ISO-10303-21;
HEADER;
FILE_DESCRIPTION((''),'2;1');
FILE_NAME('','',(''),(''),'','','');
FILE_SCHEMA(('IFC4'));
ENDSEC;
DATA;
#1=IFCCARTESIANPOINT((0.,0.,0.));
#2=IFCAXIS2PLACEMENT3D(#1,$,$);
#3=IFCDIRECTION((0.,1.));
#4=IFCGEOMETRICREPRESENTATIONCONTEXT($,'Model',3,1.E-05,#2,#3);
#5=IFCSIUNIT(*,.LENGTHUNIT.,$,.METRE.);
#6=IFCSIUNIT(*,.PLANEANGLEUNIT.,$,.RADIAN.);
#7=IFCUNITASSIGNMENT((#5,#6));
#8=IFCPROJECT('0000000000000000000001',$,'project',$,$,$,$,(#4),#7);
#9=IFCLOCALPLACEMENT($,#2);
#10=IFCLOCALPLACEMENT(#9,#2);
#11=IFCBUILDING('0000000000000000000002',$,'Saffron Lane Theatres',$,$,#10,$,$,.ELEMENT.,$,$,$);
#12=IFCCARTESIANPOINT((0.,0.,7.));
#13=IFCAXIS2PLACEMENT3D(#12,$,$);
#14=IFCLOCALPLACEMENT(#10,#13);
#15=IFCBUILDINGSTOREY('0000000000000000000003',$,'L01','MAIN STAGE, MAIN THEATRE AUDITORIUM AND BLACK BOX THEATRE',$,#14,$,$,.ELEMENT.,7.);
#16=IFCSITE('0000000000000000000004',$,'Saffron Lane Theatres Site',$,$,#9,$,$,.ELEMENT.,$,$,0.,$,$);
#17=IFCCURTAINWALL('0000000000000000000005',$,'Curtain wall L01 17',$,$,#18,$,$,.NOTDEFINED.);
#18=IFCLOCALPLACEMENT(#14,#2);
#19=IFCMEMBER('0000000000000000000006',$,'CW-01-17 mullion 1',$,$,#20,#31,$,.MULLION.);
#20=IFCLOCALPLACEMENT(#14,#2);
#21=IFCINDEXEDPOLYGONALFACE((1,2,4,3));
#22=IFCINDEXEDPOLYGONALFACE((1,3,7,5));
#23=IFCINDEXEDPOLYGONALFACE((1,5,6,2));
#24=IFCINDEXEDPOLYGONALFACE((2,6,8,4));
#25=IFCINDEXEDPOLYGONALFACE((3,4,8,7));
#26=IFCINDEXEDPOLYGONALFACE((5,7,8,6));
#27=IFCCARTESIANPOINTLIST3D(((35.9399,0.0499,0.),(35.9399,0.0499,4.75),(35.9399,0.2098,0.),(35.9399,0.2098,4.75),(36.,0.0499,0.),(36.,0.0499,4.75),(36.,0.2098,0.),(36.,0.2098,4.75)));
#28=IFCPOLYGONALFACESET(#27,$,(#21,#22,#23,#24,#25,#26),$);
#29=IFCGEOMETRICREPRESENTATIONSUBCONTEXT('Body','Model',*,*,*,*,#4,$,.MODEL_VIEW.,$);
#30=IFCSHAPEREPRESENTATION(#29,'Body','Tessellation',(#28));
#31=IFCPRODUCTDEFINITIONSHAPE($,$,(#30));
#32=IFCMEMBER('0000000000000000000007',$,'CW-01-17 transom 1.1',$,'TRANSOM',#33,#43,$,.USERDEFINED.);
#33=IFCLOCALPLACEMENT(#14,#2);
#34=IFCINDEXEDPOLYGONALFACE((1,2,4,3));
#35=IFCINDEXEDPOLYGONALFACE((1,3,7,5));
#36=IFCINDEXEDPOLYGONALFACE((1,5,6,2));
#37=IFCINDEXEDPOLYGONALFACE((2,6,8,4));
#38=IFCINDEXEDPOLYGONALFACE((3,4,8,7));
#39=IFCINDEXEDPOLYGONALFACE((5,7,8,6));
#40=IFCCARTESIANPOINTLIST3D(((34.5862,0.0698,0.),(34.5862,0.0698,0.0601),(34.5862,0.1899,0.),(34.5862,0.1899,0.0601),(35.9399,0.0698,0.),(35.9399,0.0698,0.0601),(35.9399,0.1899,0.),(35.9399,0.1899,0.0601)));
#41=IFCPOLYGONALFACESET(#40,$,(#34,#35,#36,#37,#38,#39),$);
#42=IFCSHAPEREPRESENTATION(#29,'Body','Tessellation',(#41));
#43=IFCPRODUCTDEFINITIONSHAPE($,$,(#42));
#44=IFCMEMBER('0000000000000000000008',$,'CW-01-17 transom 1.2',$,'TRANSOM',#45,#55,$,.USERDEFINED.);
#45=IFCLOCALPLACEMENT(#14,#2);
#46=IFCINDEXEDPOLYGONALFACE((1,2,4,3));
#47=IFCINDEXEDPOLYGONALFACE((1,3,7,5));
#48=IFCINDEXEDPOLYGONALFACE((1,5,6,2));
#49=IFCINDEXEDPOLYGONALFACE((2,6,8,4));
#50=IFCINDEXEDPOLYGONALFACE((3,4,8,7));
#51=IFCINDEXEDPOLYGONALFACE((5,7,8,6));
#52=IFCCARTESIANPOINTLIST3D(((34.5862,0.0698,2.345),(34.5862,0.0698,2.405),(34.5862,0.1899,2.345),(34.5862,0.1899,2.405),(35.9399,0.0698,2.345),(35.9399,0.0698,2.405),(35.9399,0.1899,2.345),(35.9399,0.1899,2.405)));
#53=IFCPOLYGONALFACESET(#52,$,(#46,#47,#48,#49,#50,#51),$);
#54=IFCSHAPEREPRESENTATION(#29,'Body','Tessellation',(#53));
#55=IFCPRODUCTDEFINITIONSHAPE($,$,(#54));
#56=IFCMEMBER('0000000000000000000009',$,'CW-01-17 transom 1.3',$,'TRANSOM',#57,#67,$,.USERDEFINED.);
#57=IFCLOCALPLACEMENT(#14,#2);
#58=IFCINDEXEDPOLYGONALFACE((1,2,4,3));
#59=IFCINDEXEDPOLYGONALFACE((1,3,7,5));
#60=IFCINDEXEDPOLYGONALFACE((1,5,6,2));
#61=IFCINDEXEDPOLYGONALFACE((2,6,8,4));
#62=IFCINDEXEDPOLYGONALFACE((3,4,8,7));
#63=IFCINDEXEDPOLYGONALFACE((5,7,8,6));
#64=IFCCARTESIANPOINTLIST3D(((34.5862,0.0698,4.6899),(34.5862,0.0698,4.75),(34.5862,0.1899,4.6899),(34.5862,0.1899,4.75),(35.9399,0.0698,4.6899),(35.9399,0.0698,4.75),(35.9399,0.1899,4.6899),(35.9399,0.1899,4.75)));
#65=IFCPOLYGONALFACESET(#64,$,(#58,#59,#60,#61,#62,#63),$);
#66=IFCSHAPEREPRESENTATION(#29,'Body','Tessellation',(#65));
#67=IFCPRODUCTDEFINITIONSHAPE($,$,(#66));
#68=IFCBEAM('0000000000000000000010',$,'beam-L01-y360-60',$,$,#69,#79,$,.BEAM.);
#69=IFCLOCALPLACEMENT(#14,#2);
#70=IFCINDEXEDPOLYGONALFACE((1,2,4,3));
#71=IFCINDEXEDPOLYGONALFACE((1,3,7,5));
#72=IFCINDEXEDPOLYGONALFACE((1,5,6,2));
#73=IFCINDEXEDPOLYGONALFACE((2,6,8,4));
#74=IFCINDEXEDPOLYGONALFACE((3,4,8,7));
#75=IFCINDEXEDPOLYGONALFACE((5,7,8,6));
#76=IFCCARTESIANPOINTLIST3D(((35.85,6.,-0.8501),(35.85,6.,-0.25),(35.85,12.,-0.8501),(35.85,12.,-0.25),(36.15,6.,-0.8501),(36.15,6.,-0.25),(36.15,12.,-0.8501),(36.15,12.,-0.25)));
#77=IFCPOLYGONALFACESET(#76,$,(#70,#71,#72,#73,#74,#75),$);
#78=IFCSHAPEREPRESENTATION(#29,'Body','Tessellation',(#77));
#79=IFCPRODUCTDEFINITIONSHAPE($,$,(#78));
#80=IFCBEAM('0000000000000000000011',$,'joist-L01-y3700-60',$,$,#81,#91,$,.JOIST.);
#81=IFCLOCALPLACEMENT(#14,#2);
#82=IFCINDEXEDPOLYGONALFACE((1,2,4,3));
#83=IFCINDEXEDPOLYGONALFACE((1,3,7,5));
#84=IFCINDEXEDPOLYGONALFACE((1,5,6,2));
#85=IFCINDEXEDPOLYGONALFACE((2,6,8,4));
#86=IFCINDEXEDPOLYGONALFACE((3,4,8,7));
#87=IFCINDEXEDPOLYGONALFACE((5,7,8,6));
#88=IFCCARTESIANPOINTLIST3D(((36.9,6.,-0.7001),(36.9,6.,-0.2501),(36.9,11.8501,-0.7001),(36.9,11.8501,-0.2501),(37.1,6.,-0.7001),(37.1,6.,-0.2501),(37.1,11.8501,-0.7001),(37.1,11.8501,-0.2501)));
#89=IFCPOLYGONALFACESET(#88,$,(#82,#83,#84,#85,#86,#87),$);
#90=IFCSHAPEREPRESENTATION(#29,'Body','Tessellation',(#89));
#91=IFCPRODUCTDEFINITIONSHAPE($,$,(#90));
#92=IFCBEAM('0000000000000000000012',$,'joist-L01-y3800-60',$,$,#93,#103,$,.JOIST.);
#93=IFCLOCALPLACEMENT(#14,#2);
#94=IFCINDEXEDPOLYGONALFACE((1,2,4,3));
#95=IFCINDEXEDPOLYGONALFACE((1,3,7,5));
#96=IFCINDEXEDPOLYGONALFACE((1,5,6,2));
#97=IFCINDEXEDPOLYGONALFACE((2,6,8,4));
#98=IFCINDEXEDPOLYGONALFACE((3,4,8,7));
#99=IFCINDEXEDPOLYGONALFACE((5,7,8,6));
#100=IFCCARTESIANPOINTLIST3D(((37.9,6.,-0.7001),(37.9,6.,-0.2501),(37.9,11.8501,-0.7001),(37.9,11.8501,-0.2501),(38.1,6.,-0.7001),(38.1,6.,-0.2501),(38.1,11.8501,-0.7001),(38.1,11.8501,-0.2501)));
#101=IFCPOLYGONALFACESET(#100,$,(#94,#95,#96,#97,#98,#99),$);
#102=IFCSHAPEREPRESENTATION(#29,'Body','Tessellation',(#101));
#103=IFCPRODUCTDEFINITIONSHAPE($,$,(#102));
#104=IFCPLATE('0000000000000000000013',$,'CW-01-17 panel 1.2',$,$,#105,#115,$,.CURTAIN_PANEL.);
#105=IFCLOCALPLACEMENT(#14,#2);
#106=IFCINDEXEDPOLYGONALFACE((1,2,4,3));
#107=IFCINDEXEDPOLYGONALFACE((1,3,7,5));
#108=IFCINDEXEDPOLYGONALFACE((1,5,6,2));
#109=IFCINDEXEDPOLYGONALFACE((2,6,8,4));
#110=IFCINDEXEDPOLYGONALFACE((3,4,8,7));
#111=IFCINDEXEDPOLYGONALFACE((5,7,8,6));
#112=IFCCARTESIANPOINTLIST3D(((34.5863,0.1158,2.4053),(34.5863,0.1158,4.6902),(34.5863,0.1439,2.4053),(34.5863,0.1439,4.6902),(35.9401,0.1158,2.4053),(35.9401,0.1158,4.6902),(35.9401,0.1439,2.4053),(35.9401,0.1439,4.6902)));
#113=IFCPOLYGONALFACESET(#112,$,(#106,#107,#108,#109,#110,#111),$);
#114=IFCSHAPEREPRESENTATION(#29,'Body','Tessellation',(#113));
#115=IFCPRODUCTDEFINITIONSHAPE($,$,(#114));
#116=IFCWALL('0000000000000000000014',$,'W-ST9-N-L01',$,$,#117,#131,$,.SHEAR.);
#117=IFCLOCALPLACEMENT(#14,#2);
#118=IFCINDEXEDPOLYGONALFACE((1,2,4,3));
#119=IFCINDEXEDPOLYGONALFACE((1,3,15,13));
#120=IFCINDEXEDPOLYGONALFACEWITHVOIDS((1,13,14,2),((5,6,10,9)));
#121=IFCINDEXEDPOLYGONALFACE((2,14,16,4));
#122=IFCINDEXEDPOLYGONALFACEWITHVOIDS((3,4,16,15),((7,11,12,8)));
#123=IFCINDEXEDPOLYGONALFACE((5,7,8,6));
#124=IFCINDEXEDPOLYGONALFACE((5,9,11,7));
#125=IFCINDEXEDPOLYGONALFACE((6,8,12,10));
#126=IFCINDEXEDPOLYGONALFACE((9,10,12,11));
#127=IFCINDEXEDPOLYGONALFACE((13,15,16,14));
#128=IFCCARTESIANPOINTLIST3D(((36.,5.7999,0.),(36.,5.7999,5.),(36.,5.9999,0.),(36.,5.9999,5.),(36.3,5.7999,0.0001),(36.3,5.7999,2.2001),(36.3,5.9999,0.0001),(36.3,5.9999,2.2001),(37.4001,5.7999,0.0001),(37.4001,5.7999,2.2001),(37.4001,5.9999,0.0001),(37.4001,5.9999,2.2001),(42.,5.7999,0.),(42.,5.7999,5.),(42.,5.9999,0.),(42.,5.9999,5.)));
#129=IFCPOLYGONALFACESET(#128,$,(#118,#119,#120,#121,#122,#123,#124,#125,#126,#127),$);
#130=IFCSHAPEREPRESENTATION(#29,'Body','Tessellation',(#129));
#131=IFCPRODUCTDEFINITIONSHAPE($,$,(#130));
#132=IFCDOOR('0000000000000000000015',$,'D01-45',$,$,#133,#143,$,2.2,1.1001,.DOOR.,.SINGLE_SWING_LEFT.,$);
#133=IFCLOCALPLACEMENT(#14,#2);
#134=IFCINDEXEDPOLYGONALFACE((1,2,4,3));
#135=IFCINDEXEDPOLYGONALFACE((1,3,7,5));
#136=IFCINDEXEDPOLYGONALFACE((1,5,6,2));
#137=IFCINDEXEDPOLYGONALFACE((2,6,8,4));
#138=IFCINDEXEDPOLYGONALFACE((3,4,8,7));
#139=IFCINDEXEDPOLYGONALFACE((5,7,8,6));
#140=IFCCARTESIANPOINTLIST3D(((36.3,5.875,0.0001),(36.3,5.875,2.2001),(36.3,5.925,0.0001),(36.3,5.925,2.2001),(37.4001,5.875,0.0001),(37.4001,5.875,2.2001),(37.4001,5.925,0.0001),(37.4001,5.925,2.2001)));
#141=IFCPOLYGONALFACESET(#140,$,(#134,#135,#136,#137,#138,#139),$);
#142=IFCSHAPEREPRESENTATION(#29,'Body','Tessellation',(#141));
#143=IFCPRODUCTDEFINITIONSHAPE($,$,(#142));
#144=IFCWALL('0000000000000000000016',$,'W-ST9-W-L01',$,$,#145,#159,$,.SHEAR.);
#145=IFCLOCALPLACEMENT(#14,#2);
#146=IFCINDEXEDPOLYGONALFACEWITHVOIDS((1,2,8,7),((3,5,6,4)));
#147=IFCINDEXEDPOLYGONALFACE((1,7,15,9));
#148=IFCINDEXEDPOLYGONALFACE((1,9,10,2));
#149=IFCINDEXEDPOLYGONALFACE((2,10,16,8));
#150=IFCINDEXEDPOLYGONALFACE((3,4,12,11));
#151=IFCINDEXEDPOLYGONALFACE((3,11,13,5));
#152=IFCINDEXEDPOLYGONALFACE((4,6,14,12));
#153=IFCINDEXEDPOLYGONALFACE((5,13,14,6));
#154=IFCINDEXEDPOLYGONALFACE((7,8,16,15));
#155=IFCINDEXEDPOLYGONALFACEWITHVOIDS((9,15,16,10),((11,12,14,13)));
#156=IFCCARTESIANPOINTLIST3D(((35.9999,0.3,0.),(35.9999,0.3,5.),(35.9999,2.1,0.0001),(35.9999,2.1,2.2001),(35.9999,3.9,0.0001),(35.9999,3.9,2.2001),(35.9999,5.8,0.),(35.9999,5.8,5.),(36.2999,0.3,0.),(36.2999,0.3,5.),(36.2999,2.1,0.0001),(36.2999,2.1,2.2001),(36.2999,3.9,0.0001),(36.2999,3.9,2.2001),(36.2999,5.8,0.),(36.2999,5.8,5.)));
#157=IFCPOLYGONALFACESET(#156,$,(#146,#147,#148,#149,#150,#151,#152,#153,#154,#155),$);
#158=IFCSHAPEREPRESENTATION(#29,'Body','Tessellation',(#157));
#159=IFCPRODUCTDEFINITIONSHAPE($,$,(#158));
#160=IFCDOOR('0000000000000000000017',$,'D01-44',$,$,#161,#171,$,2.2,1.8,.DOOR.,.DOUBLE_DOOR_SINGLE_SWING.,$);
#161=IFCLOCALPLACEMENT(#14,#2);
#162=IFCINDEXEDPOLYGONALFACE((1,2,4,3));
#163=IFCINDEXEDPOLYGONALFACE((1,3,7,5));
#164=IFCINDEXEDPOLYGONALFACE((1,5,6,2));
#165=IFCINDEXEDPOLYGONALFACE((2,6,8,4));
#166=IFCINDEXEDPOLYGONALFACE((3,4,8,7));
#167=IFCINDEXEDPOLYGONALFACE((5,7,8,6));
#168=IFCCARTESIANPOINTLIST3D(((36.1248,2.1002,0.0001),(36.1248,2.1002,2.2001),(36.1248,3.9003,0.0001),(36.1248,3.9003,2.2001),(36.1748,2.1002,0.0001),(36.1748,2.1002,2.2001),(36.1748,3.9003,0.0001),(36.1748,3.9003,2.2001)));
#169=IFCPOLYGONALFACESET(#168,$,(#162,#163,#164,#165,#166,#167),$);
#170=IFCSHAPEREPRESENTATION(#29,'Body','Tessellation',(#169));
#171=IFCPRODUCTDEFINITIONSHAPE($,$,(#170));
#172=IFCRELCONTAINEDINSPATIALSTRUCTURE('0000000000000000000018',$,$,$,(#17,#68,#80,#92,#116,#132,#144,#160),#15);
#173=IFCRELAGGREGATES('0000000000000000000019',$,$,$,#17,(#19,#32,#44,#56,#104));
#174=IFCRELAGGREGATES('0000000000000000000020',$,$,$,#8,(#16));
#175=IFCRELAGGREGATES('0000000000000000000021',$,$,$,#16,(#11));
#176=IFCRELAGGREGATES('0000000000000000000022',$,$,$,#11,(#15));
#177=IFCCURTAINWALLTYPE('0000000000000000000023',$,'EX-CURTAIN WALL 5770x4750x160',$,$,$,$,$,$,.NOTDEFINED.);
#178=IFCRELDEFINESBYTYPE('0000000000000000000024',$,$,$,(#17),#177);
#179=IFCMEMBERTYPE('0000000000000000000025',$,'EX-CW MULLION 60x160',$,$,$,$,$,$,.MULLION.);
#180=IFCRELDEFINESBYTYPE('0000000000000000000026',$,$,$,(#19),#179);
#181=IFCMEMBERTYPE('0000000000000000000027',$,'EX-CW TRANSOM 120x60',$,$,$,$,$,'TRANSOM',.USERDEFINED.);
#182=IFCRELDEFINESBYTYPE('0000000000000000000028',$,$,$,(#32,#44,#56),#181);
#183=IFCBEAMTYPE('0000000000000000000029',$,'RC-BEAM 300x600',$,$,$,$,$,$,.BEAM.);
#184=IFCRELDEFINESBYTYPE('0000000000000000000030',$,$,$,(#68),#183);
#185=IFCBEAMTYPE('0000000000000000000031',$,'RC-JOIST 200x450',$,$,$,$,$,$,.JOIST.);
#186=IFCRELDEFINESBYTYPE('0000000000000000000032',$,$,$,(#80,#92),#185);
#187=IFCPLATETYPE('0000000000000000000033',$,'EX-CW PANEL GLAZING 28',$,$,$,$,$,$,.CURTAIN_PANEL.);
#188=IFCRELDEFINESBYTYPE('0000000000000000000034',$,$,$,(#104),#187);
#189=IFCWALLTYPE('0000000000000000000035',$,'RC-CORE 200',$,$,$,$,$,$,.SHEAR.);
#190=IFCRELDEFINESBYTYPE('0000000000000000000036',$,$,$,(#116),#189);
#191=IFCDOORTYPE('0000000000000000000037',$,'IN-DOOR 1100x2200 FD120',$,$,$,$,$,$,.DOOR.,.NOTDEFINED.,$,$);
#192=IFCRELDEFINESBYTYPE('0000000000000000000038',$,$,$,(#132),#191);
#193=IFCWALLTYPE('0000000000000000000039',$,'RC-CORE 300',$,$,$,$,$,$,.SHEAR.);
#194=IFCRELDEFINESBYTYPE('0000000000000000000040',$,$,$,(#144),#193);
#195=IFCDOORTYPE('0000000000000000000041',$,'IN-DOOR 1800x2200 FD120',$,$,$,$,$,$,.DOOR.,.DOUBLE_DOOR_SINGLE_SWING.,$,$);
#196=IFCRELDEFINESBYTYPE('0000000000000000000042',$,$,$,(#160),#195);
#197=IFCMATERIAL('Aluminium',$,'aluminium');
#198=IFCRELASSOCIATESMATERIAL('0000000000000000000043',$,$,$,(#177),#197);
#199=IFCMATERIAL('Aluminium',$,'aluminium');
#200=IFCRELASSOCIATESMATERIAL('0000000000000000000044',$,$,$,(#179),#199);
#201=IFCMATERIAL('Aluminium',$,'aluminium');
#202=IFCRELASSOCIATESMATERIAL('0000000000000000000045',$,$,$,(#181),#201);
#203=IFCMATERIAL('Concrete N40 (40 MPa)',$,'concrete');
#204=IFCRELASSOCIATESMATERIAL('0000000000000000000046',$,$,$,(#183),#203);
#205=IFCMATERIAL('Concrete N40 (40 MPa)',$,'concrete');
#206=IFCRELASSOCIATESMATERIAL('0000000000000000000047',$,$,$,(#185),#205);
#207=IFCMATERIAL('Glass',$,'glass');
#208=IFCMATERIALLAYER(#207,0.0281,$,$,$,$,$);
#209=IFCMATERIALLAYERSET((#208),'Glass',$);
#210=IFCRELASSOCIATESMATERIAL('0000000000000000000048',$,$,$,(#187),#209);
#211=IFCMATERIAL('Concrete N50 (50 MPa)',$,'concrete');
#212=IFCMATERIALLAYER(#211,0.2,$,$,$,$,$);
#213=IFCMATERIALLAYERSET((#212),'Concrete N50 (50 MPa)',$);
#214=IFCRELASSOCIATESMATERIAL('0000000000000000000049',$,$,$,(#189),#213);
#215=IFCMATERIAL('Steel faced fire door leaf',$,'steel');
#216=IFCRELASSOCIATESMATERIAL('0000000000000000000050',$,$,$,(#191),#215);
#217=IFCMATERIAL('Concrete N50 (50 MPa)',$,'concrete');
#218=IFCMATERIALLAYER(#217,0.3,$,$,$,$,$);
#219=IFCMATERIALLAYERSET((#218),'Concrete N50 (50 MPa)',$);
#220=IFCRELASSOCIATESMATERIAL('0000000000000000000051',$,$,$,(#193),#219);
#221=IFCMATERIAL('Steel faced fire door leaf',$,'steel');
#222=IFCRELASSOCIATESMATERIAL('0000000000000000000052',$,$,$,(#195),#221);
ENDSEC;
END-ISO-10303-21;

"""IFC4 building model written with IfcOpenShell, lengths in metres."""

from ifc_helpers import new_model, si_unit, direction, frame, frame_2d, origin, origin_2d, place, context, subcontext, project, spatial, rectangle, extrude, material, layer, layer_set, material_profile, profile_set, type_object, element, fill, aggregate, save


model = new_model("IFC4")

# Units and contexts
model_context = context("Model", 3, precision=1e-05, world=origin(), true_north=direction((0.0, 1.0)))
body_context = subcontext(model_context, "Body", "Model", "MODEL_VIEW")
ifc_project = project(units=[si_unit("LENGTHUNIT", "METRE"), si_unit("PLANEANGLEUNIT", "RADIAN")], contexts=[model_context])

# Site, building, storey
site_placement = place(None, origin())
site = spatial("IfcSite", under=ifc_project, at=site_placement, Name="Saffron Lane Theatres Site", CompositionType="ELEMENT", RefElevation=0.0)
building_placement = place(site_placement, origin())
building = spatial("IfcBuilding", under=site, at=building_placement, Name="Saffron Lane Theatres", CompositionType="ELEMENT")
storey_placement = place(building_placement, frame((0.0, 0.0, 7.0)))
storey = spatial("IfcBuildingStorey", under=building, at=storey_placement, Name="L01", Description="MAIN STAGE, MAIN THEATRE AUDITORIUM AND BLACK BOX THEATRE", CompositionType="ELEMENT", Elevation=7.0)

# Curtain wall, members
ifc_material_1 = material(Name="Aluminium", Category="aluminium")
curtain_wall_type = type_object("IfcCurtainWallType", Name="EX-CURTAIN WALL 5770x4750x160", PredefinedType="NOTDEFINED", material=ifc_material_1)
curtain_wall_placement = place(storey_placement, origin())
curtain_wall = element("IfcCurtainWall", 1, at=curtain_wall_placement, inside=storey, type_object=curtain_wall_type, Name="Curtain wall L01 17", PredefinedType="NOTDEFINED")
ifc_material_2 = material(Name="Aluminium", Category="aluminium")
ifc_material_profile_1 = material_profile(ifc_material_2, rectangle(XDim=0.0601, YDim=0.1599, at=origin_2d()))
ifc_profile_set_1 = profile_set([ifc_material_profile_1], Name="Aluminium")
member_type_1 = type_object("IfcMemberType", Name="EX-CW MULLION 60x160", PredefinedType="MULLION", material=ifc_profile_set_1)
member_1_placement = place(storey_placement, frame((35.97, 0.1299, 0.0), z_axis=(0.0, 0.0, 1.0), x_axis=(-1.0, 0.0, 0.0)))
member_1 = element("IfcMember", 2, at=member_1_placement, type_object=member_type_1, Name="CW-01-17 mullion 1", PredefinedType="MULLION", context=body_context, shape_type="SweptSolid", body=[
    extrude(rectangle(XDim=0.0601, YDim=0.1599, at=origin_2d()), origin(), (0.0, 0.0, 1.0), 4.75),
])
ifc_material_3 = material(Name="Aluminium", Category="aluminium")
ifc_material_profile_2 = material_profile(ifc_material_3, rectangle(XDim=0.1201, YDim=0.0601, at=origin_2d()))
ifc_profile_set_2 = profile_set([ifc_material_profile_2], Name="Aluminium")
member_type_2 = type_object("IfcMemberType", Name="EX-CW TRANSOM 120x60", ElementType="TRANSOM", PredefinedType="USERDEFINED", material=ifc_profile_set_2)
member_2_placement = place(storey_placement, frame((35.9399, 0.1299, 0.03), z_axis=(-1.0, 0.0, 0.0), x_axis=(0.0, -1.0, 0.0)))
member_2 = element("IfcMember", 3, at=member_2_placement, type_object=member_type_2, Name="CW-01-17 transom 1.1", ObjectType="TRANSOM", PredefinedType="USERDEFINED", context=body_context, shape_type="SweptSolid", body=[
    extrude(rectangle(XDim=0.1201, YDim=0.0601, at=origin_2d()), origin(), (0.0, 0.0, 1.0), 1.3538),
])
member_3_placement = place(storey_placement, frame((35.9399, 0.1299, 2.375), z_axis=(-1.0, 0.0, 0.0), x_axis=(0.0, -1.0, 0.0)))
member_3 = element("IfcMember", 4, at=member_3_placement, type_object=member_type_2, Name="CW-01-17 transom 1.2", ObjectType="TRANSOM", PredefinedType="USERDEFINED", context=body_context, shape_type="SweptSolid", body=[
    extrude(rectangle(XDim=0.1201, YDim=0.0601, at=origin_2d()), origin(), (0.0, 0.0, 1.0), 1.3538),
])
member_4_placement = place(storey_placement, frame((35.9399, 0.1299, 4.72), z_axis=(-1.0, 0.0, 0.0), x_axis=(0.0, -1.0, 0.0)))
member_4 = element("IfcMember", 5, at=member_4_placement, type_object=member_type_2, Name="CW-01-17 transom 1.3", ObjectType="TRANSOM", PredefinedType="USERDEFINED", context=body_context, shape_type="SweptSolid", body=[
    extrude(rectangle(XDim=0.1201, YDim=0.0601, at=origin_2d()), origin(), (0.0, 0.0, 1.0), 1.3538),
])

# Beams
ifc_material_4 = material(Name="Concrete N40 (40 MPa)", Category="concrete")
ifc_material_profile_3 = material_profile(ifc_material_4, rectangle(XDim=0.3, YDim=0.6001, at=origin_2d()))
ifc_profile_set_3 = profile_set([ifc_material_profile_3], Name="Concrete N40 (40 MPa)")
beam_type_1 = type_object("IfcBeamType", Name="RC-BEAM 300x600", PredefinedType="BEAM", material=ifc_profile_set_3)
beam_placement = place(storey_placement, frame((36.0, 6.0, -0.55), z_axis=(0.0, 1.0, 0.0), x_axis=(-1.0, 0.0, 0.0)))
element("IfcBeam", 6, at=beam_placement, inside=storey, type_object=beam_type_1, Name="beam-L01-y360-60", PredefinedType="BEAM", context=body_context, shape_type="SweptSolid", body=[
    extrude(rectangle(XDim=0.3, YDim=0.6001, at=origin_2d()), origin(), (0.0, 0.0, 1.0), 6.0),
])
ifc_material_5 = material(Name="Concrete N40 (40 MPa)", Category="concrete")
ifc_material_profile_4 = material_profile(ifc_material_5, rectangle(XDim=0.2, YDim=0.45, at=origin_2d()))
ifc_profile_set_4 = profile_set([ifc_material_profile_4], Name="Concrete N40 (40 MPa)")
beam_type_2 = type_object("IfcBeamType", Name="RC-JOIST 200x450", PredefinedType="JOIST", material=ifc_profile_set_4)
for number, where, z_axis, x_axis, name in (
    (7, (37.0, 6.0, -0.4751), (0.0, 1.0, 0.0), (-1.0, 0.0, 0.0), "joist-L01-y3700-60"),
    (8, (38.0, 6.0, -0.4751), (0.0, 1.0, 0.0), (-1.0, 0.0, 0.0), "joist-L01-y3800-60"),
):
    element("IfcBeam", number, at=place(storey_placement, frame(where, z_axis=z_axis, x_axis=x_axis)), inside=storey, type_object=beam_type_2, Name=name, PredefinedType="JOIST", context=body_context, shape_type="SweptSolid", body=[
        extrude(rectangle(XDim=0.2, YDim=0.45, at=origin_2d()), origin(), (0.0, 0.0, 1.0), 5.8501),
    ])

# Plate
ifc_material_6 = material(Name="Glass", Category="glass")
ifc_layer_1 = layer(ifc_material_6, 0.0281)
ifc_layer_set_1 = layer_set([ifc_layer_1], Name="Glass")
plate_type = type_object("IfcPlateType", Name="EX-CW PANEL GLAZING 28", PredefinedType="CURTAIN_PANEL", material=ifc_layer_set_1)
plate_placement = place(storey_placement, frame((35.2632, 0.1299, 2.4053), z_axis=(0.0, 0.0, 1.0), x_axis=(-1.0, 0.0, 0.0)))
plate = element("IfcPlate", 9, at=plate_placement, type_object=plate_type, Name="CW-01-17 panel 1.2", PredefinedType="CURTAIN_PANEL", context=body_context, shape_type="SweptSolid", body=[
    extrude(rectangle(XDim=1.3538, YDim=0.0281, at=origin_2d()), origin(), (0.0, 0.0, 1.0), 2.2849),
])
aggregate(curtain_wall, [member_1, member_2, member_3, member_4, plate])

# Walls, openings, doors
ifc_material_7 = material(Name="Concrete N50 (50 MPa)", Category="concrete")
ifc_layer_2 = layer(ifc_material_7, 0.2)
ifc_layer_set_2 = layer_set([ifc_layer_2], Name="Concrete N50 (50 MPa)")
wall_type_1 = type_object("IfcWallType", Name="RC-CORE 200", PredefinedType="SHEAR", material=ifc_layer_set_2)
wall_1_placement = place(storey_placement, frame((36.0, 5.8999, 0.0), z_axis=(0.0, 0.0, 1.0), x_axis=(1.0, 0.0, 0.0)))
wall_1 = element("IfcWall", 10, at=wall_1_placement, inside=storey, type_object=wall_type_1, Name="W-ST9-N-L01", PredefinedType="SHEAR", context=body_context, shape_type="SweptSolid", body=[
    extrude(rectangle(XDim=6.0, YDim=0.2, at=frame_2d((3.0, 0.0))), origin(), (0.0, 0.0, 1.0), 5.0),
])
opening_1_placement = place(wall_1_placement, frame((0.3, 0.0, 0.0)))
opening_1 = element("IfcOpeningElement", 11, at=opening_1_placement, cuts=wall_1, PredefinedType="OPENING", context=body_context, shape_type="SweptSolid", body=[
    extrude(rectangle(XDim=1.1001, YDim=2.2, at=frame_2d((0.55, 1.1001))), frame((0.0, 0.1099, 0.0), z_axis=(0.0, -1.0, 0.0), x_axis=(1.0, 0.0, 0.0)), (0.0, 0.0, 1.0), 0.22),
])
ifc_material_8 = material(Name="Steel faced fire door leaf", Category="steel")
door_type_1 = type_object("IfcDoorType", Name="IN-DOOR 1100x2200 FD120", OperationType="NOTDEFINED", PredefinedType="DOOR", material=ifc_material_8)
door_1_placement = place(opening_1_placement, frame((1.1001, 0.0, 0.0), z_axis=(0.0, 0.0, 1.0), x_axis=(-1.0, 0.0, 0.0)))
door_1 = element("IfcDoor", 12, at=door_1_placement, inside=storey, type_object=door_type_1, Name="D01-45", OperationType="SINGLE_SWING_LEFT", OverallHeight=2.2, OverallWidth=1.1001, PredefinedType="DOOR", context=body_context, shape_type="SweptSolid", body=[
    extrude(rectangle(XDim=1.1001, YDim=2.2, at=frame_2d((0.55, 1.1001))), frame((0.0, 0.0249, 0.0), z_axis=(0.0, -1.0, 0.0), x_axis=(1.0, 0.0, 0.0)), (0.0, 0.0, 1.0), 0.05),
])
fill(opening_1, door_1)
ifc_material_9 = material(Name="Concrete N50 (50 MPa)", Category="concrete")
ifc_layer_3 = layer(ifc_material_9, 0.3)
ifc_layer_set_3 = layer_set([ifc_layer_3], Name="Concrete N50 (50 MPa)")
wall_type_2 = type_object("IfcWallType", Name="RC-CORE 300", PredefinedType="SHEAR", material=ifc_layer_set_3)
wall_2_placement = place(storey_placement, frame((36.1499, 0.3, 0.0), z_axis=(0.0, 0.0, 1.0), x_axis=(0.0, 1.0, 0.0)))
wall_2 = element("IfcWall", 13, at=wall_2_placement, inside=storey, type_object=wall_type_2, Name="W-ST9-W-L01", PredefinedType="SHEAR", context=body_context, shape_type="SweptSolid", body=[
    extrude(rectangle(XDim=5.5, YDim=0.3, at=frame_2d((2.75, 0.0))), origin(), (0.0, 0.0, 1.0), 5.0),
])
opening_2_placement = place(wall_2_placement, frame((1.8, 0.0, 0.0)))
opening_2 = element("IfcOpeningElement", 14, at=opening_2_placement, cuts=wall_2, PredefinedType="OPENING", context=body_context, shape_type="SweptSolid", body=[
    extrude(rectangle(XDim=1.8, YDim=2.2, at=frame_2d((0.8999, 1.1001))), frame((0.0, 0.1602, 0.0), z_axis=(0.0, -1.0, 0.0), x_axis=(1.0, 0.0, 0.0)), (0.0, 0.0, 1.0), 0.3201),
])
ifc_material_10 = material(Name="Steel faced fire door leaf", Category="steel")
door_type_2 = type_object("IfcDoorType", Name="IN-DOOR 1800x2200 FD120", OperationType="DOUBLE_DOOR_SINGLE_SWING", PredefinedType="DOOR", material=ifc_material_10)
door_2_placement = place(opening_2_placement, frame((1.8, 0.0, 0.0), z_axis=(0.0, 0.0, 1.0), x_axis=(-1.0, 0.0, 0.0)))
door_2 = element("IfcDoor", 15, at=door_2_placement, inside=storey, type_object=door_type_2, Name="D01-44", OperationType="DOUBLE_DOOR_SINGLE_SWING", OverallHeight=2.2, OverallWidth=1.8, PredefinedType="DOOR", context=body_context, shape_type="SweptSolid", body=[
    extrude(rectangle(XDim=1.8, YDim=2.2, at=frame_2d((0.8999, 1.1001))), frame((0.0, 0.0249, 0.0), z_axis=(0.0, -1.0, 0.0), x_axis=(1.0, 0.0, 0.0)), (0.0, 0.0, 1.0), 0.05),
])
fill(opening_2, door_2)

save(model, "model.ifc")
